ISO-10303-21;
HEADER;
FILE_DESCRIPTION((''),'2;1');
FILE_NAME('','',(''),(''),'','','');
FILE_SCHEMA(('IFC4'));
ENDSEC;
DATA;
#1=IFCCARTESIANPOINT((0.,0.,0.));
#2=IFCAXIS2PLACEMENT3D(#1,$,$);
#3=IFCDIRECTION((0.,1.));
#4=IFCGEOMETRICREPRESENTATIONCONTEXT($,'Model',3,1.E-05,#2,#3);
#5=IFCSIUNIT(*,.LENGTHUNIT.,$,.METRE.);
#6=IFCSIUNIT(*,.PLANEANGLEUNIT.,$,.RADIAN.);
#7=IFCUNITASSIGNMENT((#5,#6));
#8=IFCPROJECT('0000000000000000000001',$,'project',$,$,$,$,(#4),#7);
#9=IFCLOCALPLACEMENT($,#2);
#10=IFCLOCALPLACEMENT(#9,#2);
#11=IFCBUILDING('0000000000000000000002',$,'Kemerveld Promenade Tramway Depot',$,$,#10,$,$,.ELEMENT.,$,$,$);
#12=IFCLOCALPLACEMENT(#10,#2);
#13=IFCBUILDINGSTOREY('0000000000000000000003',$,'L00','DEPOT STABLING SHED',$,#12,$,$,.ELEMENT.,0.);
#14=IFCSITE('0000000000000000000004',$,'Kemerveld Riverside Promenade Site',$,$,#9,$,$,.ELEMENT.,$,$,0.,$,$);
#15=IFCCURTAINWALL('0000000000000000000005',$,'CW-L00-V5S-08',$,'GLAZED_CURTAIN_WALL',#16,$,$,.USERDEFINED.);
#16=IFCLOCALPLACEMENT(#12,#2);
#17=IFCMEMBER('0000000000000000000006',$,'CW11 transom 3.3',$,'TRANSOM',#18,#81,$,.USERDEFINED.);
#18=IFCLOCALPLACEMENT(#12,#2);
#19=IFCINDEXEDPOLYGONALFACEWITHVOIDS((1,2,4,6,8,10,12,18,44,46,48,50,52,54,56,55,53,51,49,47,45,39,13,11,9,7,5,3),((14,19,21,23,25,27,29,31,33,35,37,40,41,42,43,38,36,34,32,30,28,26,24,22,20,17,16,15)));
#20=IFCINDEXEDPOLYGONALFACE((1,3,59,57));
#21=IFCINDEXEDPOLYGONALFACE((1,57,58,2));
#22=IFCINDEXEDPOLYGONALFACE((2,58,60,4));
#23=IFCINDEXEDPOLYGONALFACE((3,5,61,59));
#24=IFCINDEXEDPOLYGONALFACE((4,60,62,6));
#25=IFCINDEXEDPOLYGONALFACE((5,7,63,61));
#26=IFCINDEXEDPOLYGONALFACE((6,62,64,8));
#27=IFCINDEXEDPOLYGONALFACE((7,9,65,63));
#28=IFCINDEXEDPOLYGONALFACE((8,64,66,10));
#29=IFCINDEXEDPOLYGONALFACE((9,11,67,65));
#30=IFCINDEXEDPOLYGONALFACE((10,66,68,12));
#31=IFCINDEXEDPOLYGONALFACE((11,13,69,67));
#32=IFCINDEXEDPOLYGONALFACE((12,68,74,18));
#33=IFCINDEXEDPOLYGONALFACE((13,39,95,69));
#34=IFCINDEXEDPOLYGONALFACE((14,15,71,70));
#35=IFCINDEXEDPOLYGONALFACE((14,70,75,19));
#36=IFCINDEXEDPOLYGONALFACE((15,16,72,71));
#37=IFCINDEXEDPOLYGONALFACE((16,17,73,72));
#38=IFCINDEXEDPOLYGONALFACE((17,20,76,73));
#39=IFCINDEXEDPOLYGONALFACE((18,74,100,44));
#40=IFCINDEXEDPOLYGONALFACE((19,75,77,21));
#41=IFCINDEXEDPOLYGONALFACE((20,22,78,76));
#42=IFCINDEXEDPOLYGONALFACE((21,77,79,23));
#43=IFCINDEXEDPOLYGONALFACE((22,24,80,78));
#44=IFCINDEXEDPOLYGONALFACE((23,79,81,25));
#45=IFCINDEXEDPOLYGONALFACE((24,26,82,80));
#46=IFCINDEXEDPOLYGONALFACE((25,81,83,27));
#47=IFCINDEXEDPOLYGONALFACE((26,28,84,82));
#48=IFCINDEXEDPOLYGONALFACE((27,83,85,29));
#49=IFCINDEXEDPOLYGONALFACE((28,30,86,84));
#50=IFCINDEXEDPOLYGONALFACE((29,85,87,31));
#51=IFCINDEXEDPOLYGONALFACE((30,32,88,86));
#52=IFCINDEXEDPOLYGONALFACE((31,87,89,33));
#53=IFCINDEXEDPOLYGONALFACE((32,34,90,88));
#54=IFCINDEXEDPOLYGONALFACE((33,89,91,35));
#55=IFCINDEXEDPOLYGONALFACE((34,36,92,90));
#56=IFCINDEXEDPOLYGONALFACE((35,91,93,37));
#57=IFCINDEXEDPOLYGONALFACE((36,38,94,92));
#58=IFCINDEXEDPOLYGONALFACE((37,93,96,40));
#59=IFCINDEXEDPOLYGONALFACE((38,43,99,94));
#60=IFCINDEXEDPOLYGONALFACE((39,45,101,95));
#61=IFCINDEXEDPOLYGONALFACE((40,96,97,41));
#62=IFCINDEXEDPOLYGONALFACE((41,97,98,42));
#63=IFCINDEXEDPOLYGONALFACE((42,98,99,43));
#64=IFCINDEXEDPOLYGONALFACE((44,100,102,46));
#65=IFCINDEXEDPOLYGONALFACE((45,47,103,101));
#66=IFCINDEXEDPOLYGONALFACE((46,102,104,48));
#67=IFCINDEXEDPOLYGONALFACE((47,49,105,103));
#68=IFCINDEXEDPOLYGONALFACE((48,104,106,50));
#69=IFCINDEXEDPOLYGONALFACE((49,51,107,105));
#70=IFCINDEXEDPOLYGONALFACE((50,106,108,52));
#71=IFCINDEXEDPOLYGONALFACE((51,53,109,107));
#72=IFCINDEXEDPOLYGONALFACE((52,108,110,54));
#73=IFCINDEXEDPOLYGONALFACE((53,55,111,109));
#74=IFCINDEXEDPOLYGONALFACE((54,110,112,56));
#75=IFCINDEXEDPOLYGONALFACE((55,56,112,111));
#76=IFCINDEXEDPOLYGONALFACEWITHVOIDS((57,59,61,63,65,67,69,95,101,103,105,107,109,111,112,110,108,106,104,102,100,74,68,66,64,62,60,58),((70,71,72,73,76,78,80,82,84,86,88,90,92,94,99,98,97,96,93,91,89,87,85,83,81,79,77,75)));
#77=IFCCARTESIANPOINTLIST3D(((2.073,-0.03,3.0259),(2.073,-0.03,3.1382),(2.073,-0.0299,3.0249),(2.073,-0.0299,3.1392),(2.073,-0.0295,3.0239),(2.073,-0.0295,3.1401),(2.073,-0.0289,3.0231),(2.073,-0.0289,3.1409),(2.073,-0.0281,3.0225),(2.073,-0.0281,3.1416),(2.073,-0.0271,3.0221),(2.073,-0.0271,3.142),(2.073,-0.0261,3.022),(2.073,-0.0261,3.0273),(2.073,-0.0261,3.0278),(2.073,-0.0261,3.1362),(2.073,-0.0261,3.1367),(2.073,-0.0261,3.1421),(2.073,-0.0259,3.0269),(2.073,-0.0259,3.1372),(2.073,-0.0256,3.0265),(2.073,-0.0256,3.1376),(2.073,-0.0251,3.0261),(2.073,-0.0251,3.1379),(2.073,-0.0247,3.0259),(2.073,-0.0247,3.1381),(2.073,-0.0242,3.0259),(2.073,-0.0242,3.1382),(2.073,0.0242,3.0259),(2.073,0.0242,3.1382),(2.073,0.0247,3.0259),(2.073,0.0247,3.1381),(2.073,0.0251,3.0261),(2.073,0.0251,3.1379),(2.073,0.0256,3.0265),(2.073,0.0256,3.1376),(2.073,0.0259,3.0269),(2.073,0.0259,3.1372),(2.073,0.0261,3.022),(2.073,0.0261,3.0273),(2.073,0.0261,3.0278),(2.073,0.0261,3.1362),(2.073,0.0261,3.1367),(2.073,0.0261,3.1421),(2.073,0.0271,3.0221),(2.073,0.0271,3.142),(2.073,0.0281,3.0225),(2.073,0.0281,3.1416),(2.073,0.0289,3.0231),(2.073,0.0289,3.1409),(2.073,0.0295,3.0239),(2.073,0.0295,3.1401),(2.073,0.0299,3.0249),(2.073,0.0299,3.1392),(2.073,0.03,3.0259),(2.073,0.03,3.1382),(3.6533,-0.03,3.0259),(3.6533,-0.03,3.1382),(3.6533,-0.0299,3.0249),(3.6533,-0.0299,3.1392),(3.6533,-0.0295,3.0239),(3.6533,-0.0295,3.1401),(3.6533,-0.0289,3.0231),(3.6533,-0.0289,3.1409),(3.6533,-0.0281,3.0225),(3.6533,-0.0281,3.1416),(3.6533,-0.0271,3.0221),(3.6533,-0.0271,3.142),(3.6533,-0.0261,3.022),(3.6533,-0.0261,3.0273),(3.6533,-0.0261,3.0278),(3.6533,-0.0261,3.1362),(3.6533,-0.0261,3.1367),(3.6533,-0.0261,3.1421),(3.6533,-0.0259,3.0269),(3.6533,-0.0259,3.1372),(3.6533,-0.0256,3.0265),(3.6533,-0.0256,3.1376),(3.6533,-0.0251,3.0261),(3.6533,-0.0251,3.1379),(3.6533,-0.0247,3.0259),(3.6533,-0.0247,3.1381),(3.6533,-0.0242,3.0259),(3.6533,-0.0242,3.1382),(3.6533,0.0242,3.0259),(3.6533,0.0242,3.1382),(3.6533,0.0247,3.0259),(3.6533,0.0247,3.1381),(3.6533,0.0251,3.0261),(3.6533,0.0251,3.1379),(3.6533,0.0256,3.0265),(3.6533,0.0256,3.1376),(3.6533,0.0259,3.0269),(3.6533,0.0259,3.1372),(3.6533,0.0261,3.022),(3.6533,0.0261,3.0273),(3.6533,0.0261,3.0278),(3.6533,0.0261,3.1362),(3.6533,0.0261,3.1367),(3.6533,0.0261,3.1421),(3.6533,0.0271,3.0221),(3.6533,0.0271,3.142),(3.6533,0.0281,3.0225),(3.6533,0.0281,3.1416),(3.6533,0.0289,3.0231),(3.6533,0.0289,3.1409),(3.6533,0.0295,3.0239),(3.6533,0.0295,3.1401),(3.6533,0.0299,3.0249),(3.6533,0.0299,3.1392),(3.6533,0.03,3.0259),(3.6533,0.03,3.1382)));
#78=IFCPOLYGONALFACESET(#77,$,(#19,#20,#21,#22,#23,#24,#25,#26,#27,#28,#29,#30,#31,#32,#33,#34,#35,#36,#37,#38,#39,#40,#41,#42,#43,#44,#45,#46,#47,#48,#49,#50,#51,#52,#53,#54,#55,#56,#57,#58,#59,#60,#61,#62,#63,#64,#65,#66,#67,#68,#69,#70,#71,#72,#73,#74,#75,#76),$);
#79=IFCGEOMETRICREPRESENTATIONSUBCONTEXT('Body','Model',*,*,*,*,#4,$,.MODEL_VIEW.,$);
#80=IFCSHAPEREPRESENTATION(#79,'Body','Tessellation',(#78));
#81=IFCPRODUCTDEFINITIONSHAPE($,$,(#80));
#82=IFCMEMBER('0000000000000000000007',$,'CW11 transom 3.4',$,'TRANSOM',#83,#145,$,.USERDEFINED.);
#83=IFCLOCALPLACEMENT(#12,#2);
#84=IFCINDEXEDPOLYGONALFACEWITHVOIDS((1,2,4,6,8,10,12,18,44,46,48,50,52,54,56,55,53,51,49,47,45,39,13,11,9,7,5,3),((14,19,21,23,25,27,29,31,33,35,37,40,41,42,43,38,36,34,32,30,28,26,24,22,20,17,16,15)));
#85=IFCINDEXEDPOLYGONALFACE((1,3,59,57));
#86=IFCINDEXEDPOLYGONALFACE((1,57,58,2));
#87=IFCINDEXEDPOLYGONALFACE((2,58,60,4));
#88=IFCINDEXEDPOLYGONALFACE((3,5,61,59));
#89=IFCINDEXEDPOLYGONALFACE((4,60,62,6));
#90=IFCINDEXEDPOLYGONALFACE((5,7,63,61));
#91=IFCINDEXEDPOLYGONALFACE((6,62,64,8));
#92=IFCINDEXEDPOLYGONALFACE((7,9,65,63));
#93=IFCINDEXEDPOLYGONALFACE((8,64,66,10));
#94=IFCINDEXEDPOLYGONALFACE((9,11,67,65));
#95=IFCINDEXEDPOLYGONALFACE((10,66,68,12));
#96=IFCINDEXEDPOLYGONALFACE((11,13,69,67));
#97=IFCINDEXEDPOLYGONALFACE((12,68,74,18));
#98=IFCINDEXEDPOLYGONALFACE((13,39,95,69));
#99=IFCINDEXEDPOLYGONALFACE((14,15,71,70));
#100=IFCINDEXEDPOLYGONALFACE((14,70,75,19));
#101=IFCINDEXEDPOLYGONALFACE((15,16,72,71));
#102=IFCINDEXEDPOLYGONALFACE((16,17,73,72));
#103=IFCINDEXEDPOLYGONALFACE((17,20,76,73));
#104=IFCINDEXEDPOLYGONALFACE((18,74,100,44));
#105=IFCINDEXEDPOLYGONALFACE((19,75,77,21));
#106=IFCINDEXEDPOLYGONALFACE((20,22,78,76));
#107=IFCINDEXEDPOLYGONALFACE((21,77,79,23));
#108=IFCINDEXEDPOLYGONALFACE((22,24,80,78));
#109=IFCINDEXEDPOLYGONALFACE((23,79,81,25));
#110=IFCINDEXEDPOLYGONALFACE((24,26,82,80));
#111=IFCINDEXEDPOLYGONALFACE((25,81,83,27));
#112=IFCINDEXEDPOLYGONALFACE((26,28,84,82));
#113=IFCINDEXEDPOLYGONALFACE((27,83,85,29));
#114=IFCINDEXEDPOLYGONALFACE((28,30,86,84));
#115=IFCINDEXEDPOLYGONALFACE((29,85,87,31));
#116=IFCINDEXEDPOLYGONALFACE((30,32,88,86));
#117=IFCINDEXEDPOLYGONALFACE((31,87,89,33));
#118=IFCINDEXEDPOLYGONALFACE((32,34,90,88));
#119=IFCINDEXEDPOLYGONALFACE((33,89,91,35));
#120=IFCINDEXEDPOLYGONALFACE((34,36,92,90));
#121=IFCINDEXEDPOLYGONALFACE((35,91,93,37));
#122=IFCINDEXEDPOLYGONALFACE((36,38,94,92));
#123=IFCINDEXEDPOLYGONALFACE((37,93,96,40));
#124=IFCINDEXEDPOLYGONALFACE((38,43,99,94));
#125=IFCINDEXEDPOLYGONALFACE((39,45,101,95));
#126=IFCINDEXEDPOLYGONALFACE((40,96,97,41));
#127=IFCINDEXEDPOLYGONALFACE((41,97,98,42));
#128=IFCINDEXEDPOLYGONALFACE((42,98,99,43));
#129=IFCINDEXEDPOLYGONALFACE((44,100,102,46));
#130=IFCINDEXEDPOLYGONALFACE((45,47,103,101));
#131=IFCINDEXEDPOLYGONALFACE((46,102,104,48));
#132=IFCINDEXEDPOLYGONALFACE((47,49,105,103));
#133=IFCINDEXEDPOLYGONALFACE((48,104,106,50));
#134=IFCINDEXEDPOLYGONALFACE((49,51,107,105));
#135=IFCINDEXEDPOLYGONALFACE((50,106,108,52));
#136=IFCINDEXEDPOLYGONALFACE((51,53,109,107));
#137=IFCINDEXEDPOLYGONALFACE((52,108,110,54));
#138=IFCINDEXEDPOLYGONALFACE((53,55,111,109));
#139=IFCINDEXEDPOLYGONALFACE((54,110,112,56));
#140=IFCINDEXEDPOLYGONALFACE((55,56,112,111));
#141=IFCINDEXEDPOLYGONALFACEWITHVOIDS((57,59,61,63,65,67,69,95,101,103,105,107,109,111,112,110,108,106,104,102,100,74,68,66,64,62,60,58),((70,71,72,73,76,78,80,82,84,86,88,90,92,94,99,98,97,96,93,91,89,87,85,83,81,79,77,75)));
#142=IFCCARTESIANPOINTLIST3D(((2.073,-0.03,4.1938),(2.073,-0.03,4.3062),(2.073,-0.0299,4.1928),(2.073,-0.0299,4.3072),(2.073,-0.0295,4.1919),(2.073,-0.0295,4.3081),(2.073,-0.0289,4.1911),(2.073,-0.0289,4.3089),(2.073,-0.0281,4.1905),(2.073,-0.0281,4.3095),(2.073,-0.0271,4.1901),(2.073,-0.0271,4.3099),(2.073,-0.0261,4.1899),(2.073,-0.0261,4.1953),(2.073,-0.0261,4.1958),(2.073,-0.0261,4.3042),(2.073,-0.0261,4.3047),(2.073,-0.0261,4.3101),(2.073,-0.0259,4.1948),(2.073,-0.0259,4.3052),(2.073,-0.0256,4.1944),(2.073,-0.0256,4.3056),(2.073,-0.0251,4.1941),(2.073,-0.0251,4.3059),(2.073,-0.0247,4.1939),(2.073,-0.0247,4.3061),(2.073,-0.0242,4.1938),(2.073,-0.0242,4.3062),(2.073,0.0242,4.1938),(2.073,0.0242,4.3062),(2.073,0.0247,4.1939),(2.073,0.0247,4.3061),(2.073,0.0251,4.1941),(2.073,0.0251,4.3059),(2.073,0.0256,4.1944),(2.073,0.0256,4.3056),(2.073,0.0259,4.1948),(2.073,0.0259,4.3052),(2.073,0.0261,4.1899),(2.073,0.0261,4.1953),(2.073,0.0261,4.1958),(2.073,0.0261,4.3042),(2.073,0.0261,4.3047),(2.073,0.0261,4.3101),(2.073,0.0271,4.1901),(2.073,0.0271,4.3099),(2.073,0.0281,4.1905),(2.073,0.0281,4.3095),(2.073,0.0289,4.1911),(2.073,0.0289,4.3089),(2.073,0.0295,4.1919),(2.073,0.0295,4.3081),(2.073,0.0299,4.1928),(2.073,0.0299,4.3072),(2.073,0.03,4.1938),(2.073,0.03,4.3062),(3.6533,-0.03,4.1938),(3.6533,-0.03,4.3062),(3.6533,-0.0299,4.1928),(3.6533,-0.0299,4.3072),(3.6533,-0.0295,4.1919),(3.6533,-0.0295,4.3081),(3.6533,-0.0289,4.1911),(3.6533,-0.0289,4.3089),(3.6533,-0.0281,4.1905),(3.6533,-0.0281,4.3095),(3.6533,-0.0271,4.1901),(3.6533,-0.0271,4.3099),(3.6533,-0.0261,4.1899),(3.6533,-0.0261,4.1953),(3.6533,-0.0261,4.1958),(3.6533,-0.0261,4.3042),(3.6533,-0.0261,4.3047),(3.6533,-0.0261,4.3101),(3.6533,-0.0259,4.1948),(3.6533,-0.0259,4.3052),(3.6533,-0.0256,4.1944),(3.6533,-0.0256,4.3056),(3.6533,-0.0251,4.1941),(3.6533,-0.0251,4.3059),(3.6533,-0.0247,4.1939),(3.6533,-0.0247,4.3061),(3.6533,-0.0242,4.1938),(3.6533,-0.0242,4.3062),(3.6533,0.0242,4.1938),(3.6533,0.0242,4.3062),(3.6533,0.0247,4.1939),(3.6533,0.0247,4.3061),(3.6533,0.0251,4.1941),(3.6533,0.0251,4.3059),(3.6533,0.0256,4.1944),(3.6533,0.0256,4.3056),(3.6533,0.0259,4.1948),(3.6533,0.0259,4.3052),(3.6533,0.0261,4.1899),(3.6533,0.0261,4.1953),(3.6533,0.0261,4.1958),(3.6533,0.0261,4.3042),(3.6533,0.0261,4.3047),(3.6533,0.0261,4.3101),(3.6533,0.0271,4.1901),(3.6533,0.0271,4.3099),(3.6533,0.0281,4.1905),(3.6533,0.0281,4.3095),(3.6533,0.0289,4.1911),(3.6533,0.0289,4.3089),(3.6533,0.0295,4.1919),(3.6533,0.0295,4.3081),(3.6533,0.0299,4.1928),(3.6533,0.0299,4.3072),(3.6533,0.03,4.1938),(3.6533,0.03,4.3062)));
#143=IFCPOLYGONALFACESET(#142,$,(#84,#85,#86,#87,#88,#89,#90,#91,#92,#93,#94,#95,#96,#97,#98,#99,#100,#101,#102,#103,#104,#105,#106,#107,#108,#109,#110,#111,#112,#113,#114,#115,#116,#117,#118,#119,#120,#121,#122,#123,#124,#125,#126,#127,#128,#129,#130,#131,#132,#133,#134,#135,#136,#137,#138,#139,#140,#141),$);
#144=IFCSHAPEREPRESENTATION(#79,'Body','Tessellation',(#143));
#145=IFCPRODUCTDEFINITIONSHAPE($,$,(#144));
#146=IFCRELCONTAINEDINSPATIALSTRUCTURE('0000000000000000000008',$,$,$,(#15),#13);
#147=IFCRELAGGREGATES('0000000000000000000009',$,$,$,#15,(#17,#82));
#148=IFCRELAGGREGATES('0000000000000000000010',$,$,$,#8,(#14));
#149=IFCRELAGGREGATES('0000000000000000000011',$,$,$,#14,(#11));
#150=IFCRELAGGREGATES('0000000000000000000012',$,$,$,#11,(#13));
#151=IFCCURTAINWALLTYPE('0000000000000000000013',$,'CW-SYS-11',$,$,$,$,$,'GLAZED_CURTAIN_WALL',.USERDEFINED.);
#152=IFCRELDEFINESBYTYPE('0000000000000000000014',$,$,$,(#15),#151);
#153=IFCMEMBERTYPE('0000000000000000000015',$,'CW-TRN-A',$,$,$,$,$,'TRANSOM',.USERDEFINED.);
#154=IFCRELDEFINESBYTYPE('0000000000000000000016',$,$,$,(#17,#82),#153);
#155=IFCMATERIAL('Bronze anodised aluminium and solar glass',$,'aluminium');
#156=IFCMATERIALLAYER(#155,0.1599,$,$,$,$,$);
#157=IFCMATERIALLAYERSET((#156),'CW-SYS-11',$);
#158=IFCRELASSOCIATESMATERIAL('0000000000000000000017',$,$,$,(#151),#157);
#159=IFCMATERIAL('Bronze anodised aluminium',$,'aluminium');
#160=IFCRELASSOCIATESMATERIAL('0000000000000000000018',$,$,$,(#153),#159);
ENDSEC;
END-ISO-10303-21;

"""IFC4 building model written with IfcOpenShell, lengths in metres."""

from ifc_helpers import new_model, si_unit, direction, frame, origin, origin_2d, place, context, subcontext, project, spatial, hollow_rectangle, extrude, material, layer, layer_set, material_profile, profile_set, type_object, element, aggregate, save


model = new_model("IFC4")

# Units and contexts
model_context = context("Model", 3, precision=1e-05, world=origin(), true_north=direction((0.0, 1.0)))
body_context = subcontext(model_context, "Body", "Model", "MODEL_VIEW")
ifc_project = project(units=[si_unit("LENGTHUNIT", "METRE"), si_unit("PLANEANGLEUNIT", "RADIAN")], contexts=[model_context])

# Site, building, storey
site_placement = place(None, origin())
site = spatial("IfcSite", under=ifc_project, at=site_placement, Name="Kemerveld Riverside Promenade Site", CompositionType="ELEMENT", RefElevation=0.0)
building_placement = place(site_placement, origin())
building = spatial("IfcBuilding", under=site, at=building_placement, Name="Kemerveld Promenade Tramway Depot", CompositionType="ELEMENT")
storey_placement = place(building_placement, origin())
storey = spatial("IfcBuildingStorey", under=building, at=storey_placement, Name="L00", Description="DEPOT STABLING SHED", CompositionType="ELEMENT", Elevation=0.0)

# Curtain wall, members
ifc_material_1 = material(Name="Bronze anodised aluminium and solar glass", Category="aluminium")
ifc_layer_1 = layer(ifc_material_1, 0.1599)
ifc_layer_set_1 = layer_set([ifc_layer_1], Name="CW-SYS-11")
curtain_wall_type = type_object("IfcCurtainWallType", Name="CW-SYS-11", ElementType="GLAZED_CURTAIN_WALL", PredefinedType="USERDEFINED", material=ifc_layer_set_1)
curtain_wall_placement = place(storey_placement, origin())
curtain_wall = element("IfcCurtainWall", 1, at=curtain_wall_placement, inside=storey, type_object=curtain_wall_type, Name="CW-L00-V5S-08", ObjectType="GLAZED_CURTAIN_WALL", PredefinedType="USERDEFINED")
ifc_material_2 = material(Name="Bronze anodised aluminium", Category="aluminium")
ifc_material_profile_1 = material_profile(ifc_material_2, hollow_rectangle(XDim=0.0601, YDim=0.1201, WallThickness=0.0039, InnerFilletRadius=0.002, OuterFilletRadius=0.0039, at=origin_2d()), Name="CW-TRN-120x60")
ifc_profile_set_1 = profile_set([ifc_material_profile_1], Name="Bronze anodised aluminium")
member_type_1 = type_object("IfcMemberType", Name="CW-TRN-A", ElementType="TRANSOM", PredefinedType="USERDEFINED", material=ifc_profile_set_1)
member_1_placement = place(storey_placement, frame((3.6533, 0.0, 3.082), z_axis=(-1.0, 0.0, 0.0), x_axis=(0.0, -1.0, 0.0)))
member_1 = element("IfcMember", 2, at=member_1_placement, type_object=member_type_1, Name="CW11 transom 3.3", ObjectType="TRANSOM", PredefinedType="USERDEFINED", context=body_context, shape_type="SweptSolid", body=[
    extrude(hollow_rectangle(XDim=0.0601, YDim=0.1201, WallThickness=0.0039, InnerFilletRadius=0.002, OuterFilletRadius=0.0039, at=origin_2d()), origin(), (0.0, 0.0, 1.0), 1.5803),
])
member_2_placement = place(storey_placement, frame((3.6533, 0.0, 4.25), z_axis=(-1.0, 0.0, 0.0), x_axis=(0.0, -1.0, 0.0)))
member_2 = element("IfcMember", 3, at=member_2_placement, type_object=member_type_1, Name="CW11 transom 3.4", ObjectType="TRANSOM", PredefinedType="USERDEFINED", context=body_context, shape_type="SweptSolid", body=[
    extrude(hollow_rectangle(XDim=0.0601, YDim=0.1201, WallThickness=0.0039, InnerFilletRadius=0.002, OuterFilletRadius=0.0039, at=origin_2d()), origin(), (0.0, 0.0, 1.0), 1.5803),
])
aggregate(curtain_wall, [member_1, member_2])

save(model, "model.ifc")
